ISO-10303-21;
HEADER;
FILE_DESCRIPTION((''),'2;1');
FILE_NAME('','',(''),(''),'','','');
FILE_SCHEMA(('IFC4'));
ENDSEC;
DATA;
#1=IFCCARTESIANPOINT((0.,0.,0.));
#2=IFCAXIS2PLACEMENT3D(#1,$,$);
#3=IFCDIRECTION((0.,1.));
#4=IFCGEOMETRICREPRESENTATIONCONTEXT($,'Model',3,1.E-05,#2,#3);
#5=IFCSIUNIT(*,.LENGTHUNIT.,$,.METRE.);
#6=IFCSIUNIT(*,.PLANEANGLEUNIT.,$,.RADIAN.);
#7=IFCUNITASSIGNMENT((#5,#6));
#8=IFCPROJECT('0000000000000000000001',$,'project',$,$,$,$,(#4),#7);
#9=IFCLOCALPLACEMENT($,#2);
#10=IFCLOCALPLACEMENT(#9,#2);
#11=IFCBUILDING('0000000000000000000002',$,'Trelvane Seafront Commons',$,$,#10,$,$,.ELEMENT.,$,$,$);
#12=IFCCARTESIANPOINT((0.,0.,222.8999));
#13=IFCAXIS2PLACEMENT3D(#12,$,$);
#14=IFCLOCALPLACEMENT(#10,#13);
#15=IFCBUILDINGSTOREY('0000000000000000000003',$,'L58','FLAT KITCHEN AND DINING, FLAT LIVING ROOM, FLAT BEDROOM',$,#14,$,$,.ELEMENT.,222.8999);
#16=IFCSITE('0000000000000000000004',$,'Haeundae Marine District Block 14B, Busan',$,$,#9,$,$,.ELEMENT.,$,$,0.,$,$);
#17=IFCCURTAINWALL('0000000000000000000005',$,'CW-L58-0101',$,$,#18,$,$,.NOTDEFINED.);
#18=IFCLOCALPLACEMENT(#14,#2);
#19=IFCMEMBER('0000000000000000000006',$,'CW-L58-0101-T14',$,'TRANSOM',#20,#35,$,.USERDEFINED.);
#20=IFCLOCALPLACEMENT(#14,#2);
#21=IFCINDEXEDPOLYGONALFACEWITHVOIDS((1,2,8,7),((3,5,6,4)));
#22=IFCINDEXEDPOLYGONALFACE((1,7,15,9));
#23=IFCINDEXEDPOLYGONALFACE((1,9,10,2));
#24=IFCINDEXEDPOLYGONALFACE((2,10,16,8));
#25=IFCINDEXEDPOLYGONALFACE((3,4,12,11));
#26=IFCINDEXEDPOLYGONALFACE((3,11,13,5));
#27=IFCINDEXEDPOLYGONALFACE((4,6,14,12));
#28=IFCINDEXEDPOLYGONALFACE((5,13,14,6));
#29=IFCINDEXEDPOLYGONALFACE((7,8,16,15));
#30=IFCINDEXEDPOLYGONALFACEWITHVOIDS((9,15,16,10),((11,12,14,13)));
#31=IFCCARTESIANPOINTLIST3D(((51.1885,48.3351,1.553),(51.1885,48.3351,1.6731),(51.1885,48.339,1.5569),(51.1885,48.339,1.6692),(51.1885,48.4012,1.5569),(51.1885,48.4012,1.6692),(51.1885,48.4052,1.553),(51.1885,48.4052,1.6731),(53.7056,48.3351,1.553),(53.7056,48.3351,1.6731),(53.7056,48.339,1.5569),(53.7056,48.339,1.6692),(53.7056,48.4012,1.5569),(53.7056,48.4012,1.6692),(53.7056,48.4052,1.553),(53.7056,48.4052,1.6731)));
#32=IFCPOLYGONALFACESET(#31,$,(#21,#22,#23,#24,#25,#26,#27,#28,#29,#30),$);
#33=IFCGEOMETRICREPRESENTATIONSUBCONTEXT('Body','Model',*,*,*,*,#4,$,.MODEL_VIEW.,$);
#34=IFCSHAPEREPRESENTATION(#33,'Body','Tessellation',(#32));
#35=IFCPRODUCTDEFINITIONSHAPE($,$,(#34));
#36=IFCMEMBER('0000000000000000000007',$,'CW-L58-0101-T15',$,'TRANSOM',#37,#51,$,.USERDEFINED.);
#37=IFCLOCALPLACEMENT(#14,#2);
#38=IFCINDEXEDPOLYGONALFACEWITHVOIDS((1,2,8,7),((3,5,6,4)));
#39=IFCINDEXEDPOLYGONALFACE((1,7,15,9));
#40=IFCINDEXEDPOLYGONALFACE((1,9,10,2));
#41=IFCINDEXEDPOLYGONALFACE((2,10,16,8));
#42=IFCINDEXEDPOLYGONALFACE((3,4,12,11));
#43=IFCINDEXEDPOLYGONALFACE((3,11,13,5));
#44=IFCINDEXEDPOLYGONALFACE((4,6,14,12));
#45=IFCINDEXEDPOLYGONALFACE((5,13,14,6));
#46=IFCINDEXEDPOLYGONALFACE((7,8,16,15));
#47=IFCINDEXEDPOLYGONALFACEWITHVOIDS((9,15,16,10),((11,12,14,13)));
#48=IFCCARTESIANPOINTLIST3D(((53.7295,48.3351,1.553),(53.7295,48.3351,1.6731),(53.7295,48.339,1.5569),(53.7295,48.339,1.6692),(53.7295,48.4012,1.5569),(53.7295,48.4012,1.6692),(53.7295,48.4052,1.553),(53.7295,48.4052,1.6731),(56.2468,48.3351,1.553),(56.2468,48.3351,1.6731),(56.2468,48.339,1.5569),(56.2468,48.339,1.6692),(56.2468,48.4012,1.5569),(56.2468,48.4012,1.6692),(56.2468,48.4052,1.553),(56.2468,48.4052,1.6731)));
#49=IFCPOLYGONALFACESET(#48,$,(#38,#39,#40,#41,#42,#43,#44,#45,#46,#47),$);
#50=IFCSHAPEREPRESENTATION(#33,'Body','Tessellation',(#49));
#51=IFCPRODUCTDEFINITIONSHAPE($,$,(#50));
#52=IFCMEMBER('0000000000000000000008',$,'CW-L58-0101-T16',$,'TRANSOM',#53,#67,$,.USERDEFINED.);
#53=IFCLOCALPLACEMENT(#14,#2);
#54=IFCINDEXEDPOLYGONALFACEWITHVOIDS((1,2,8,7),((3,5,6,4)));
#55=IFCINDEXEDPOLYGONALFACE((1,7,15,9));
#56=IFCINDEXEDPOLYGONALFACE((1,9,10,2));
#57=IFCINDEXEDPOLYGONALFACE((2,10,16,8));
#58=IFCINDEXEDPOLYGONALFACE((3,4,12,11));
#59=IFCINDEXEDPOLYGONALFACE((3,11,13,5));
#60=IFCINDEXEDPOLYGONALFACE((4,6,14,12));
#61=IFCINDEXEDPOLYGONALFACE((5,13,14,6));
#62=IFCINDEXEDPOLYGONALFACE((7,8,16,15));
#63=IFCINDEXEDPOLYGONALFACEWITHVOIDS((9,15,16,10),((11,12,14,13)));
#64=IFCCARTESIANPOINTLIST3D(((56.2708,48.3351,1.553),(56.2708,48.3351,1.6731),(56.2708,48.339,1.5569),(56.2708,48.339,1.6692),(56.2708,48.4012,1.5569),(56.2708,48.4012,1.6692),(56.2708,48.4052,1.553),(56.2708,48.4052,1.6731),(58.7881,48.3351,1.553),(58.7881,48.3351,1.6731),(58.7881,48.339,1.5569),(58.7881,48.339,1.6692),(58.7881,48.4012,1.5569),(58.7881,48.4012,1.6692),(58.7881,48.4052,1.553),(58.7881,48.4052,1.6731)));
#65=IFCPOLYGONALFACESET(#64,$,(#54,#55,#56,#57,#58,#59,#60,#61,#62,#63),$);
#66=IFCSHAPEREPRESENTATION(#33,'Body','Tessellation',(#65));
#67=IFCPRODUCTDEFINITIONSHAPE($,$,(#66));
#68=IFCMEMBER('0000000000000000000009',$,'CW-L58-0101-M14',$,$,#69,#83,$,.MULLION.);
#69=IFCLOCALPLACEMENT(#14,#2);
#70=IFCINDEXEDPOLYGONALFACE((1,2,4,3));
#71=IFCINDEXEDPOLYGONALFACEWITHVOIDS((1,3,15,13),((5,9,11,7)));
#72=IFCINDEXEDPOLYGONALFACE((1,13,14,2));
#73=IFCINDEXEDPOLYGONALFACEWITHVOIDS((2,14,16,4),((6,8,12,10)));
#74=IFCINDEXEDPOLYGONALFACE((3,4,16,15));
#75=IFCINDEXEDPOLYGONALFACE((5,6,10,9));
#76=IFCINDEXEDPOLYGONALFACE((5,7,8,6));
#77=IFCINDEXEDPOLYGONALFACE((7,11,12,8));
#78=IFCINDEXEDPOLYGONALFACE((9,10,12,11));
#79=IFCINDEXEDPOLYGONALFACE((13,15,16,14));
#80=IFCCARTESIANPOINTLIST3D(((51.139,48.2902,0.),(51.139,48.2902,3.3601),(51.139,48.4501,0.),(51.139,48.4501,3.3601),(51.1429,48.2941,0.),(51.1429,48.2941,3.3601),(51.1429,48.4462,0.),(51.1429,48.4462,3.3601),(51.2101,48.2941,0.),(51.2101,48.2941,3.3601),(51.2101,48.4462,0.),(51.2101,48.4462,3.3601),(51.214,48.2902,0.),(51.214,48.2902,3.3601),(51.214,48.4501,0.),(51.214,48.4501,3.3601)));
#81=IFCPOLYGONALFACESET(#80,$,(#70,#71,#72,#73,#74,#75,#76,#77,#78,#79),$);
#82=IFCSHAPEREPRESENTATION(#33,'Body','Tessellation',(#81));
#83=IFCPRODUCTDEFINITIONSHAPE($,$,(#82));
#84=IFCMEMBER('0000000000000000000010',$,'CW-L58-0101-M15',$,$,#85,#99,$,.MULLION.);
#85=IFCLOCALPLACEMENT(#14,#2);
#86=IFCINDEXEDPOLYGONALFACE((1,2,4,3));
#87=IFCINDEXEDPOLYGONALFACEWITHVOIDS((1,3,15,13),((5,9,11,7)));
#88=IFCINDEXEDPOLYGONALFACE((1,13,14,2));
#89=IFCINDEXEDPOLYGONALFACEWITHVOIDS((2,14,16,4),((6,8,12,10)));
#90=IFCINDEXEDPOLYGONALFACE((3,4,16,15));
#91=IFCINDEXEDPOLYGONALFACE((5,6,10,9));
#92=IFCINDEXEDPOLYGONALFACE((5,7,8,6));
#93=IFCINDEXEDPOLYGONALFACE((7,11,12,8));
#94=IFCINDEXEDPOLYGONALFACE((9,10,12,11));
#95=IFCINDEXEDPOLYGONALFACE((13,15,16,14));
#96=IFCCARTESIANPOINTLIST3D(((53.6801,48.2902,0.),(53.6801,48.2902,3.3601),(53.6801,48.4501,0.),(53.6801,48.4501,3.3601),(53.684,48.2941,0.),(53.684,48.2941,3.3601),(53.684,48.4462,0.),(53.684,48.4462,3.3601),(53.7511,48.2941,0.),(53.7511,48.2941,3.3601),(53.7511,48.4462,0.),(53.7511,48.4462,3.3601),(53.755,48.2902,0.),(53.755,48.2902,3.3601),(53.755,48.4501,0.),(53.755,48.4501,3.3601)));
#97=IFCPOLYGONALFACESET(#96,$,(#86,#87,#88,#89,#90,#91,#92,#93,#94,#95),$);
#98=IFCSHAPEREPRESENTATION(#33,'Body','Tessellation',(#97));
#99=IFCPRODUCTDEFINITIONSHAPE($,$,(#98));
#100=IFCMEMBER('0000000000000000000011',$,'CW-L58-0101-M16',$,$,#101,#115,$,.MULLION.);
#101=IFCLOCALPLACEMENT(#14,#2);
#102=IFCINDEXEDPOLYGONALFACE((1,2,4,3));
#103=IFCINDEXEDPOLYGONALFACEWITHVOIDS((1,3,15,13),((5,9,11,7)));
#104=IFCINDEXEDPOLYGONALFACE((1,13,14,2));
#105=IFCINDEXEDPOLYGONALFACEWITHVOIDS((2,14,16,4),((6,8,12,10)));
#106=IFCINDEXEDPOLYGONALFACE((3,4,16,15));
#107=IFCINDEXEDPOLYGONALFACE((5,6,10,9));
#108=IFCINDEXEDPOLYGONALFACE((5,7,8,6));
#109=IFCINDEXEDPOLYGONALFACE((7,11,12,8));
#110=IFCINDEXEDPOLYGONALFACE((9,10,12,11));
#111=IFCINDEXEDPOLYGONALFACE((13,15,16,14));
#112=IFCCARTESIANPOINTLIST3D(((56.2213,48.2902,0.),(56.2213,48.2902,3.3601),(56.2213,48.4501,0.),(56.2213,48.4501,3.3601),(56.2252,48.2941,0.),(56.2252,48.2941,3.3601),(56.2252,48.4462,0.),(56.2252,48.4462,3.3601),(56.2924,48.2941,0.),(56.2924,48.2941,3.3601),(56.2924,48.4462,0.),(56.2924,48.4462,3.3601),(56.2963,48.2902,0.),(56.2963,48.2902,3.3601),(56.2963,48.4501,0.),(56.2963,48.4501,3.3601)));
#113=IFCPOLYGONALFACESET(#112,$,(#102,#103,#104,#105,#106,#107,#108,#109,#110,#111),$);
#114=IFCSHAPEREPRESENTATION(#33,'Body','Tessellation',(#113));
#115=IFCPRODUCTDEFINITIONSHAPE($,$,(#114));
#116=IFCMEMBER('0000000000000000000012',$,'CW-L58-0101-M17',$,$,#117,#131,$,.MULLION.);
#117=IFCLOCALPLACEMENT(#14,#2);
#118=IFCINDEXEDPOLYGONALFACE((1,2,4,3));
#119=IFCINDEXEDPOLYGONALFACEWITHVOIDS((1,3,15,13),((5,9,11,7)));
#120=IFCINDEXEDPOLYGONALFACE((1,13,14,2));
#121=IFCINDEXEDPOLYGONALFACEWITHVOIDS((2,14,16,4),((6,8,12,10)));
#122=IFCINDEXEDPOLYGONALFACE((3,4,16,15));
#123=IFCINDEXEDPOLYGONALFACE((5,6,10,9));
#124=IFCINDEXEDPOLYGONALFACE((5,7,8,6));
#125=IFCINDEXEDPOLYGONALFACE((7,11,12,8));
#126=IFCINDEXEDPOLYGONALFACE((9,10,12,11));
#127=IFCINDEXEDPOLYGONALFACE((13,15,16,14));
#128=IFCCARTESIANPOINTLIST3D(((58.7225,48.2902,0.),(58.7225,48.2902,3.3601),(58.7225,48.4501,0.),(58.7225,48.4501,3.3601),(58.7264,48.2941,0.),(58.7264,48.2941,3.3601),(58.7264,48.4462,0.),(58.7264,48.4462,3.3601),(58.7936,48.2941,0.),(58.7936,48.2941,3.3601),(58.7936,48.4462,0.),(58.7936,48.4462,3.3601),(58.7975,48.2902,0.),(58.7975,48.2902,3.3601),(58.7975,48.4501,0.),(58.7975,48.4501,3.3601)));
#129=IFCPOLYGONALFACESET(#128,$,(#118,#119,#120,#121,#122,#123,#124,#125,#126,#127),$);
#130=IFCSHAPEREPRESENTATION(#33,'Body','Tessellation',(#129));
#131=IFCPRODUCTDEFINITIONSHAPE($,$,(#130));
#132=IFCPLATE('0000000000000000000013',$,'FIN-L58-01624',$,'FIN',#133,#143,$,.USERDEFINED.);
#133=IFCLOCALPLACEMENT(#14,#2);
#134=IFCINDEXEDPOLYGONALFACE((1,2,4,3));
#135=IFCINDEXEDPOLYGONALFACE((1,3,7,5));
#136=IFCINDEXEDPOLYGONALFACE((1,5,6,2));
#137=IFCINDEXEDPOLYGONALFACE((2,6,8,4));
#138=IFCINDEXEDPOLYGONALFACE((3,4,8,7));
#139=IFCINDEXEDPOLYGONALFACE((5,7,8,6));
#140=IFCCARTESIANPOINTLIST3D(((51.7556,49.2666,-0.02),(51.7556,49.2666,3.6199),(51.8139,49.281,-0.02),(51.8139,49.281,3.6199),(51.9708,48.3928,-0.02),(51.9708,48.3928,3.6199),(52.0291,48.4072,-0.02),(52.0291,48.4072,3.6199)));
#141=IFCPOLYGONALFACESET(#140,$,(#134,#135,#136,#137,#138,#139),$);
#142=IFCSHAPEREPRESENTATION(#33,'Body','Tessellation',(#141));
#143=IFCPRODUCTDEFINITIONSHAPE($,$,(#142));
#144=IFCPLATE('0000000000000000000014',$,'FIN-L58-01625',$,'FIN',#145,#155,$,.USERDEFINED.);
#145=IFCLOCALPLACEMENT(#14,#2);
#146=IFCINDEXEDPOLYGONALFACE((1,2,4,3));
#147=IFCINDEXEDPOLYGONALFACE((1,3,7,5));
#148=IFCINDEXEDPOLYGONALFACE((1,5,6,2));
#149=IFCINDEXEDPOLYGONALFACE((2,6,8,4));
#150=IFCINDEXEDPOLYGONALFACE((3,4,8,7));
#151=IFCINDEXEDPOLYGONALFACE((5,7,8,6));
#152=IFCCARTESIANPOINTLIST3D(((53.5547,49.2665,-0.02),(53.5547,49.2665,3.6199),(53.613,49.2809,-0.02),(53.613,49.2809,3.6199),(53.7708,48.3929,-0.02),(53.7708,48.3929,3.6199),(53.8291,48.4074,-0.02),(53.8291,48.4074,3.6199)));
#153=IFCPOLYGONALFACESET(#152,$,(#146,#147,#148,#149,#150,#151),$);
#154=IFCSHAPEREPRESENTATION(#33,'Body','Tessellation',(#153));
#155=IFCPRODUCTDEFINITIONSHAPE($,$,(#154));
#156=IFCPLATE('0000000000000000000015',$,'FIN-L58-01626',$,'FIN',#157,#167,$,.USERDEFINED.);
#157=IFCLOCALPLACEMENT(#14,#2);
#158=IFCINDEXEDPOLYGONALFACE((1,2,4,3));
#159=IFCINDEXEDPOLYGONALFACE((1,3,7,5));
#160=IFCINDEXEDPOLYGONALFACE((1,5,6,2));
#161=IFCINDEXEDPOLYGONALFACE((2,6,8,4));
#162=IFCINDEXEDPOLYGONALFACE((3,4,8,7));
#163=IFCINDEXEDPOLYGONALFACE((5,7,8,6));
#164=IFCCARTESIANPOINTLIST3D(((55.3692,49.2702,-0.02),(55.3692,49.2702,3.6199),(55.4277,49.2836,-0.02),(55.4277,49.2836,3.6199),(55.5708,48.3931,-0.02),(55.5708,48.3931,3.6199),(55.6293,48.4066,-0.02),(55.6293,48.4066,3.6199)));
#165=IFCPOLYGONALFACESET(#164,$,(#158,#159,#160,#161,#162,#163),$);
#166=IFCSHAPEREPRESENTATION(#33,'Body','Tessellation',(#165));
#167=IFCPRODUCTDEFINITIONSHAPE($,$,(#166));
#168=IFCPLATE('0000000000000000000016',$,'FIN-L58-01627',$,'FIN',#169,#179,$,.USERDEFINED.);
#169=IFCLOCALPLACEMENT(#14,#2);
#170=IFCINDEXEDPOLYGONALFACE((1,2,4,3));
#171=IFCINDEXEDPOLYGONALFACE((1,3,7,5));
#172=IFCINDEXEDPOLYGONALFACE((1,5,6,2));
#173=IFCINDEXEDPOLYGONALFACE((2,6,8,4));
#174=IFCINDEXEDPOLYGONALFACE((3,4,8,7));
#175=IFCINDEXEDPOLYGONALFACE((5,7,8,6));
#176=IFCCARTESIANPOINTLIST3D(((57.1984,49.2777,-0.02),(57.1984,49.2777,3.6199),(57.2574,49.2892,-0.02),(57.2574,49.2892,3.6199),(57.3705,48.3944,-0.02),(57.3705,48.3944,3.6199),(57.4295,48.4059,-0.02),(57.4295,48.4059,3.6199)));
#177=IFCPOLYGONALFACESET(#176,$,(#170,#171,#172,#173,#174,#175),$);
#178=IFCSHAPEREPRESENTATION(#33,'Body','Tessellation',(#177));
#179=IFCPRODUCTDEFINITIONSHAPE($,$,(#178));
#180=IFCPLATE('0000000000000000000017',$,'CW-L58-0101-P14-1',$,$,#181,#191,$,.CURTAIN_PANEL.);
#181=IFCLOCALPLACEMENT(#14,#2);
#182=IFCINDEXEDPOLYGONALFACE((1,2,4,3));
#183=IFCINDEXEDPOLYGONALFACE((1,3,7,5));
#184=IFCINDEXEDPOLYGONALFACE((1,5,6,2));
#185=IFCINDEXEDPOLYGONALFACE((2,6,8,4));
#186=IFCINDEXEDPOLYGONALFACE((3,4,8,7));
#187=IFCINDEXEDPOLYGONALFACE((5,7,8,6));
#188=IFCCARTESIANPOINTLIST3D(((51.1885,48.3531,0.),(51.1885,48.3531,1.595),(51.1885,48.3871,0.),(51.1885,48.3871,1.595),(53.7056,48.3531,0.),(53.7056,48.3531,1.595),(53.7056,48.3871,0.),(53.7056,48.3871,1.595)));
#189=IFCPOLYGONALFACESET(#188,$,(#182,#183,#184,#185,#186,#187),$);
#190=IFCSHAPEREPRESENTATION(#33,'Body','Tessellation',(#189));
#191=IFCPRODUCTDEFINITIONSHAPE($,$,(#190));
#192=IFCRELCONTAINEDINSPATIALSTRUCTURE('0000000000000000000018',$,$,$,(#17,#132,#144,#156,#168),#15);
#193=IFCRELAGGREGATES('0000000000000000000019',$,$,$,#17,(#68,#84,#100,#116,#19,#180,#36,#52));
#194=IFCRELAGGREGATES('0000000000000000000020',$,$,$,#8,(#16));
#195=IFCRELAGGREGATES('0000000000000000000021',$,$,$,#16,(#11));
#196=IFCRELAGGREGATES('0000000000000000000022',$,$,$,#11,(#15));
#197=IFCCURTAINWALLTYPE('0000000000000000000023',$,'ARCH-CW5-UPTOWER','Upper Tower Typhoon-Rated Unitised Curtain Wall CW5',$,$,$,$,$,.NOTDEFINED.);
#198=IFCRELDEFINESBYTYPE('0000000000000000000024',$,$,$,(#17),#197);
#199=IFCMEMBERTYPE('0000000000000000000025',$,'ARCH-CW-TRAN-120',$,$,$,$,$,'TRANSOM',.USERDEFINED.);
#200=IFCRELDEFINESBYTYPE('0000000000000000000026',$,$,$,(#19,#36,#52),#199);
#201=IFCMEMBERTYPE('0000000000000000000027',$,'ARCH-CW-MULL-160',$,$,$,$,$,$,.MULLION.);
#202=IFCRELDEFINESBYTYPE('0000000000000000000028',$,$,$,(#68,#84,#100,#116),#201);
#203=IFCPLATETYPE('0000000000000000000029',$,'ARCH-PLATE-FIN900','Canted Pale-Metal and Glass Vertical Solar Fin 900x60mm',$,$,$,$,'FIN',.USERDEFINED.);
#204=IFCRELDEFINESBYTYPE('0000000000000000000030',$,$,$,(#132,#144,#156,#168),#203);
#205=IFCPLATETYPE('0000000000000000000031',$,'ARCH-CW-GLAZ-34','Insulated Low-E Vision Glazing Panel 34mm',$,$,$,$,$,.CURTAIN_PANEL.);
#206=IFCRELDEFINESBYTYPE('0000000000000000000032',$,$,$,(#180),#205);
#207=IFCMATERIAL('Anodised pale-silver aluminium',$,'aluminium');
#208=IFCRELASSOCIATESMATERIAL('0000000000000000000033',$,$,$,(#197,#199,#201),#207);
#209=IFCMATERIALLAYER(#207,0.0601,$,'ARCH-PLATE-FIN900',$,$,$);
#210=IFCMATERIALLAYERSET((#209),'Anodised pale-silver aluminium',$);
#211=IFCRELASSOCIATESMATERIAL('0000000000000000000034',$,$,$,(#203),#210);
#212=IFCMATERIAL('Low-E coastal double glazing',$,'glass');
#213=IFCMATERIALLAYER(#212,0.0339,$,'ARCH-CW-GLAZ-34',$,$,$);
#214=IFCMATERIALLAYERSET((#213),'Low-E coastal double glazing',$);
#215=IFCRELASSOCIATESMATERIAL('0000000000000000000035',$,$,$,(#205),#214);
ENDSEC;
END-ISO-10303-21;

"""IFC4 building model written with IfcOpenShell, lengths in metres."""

from ifc_helpers import new_model, si_unit, direction, frame, origin, origin_2d, place, context, subcontext, project, spatial, rectangle, hollow_rectangle, extrude, source, transform, mapped, material, layer, layer_set, material_profile, profile_set, type_object, element, aggregate, save


model = new_model("IFC4")

# Units and contexts
model_context = context("Model", 3, precision=1e-05, world=origin(), true_north=direction((0.0, 1.0)))
body_context = subcontext(model_context, "Body", "Model", "MODEL_VIEW")
ifc_project = project(units=[si_unit("LENGTHUNIT", "METRE"), si_unit("PLANEANGLEUNIT", "RADIAN")], contexts=[model_context])

# Site, building, storey
site_placement = place(None, origin())
site = spatial("IfcSite", under=ifc_project, at=site_placement, Name="Haeundae Marine District Block 14B, Busan", CompositionType="ELEMENT", RefElevation=0.0)
building_placement = place(site_placement, origin())
building = spatial("IfcBuilding", under=site, at=building_placement, Name="Trelvane Seafront Commons", CompositionType="ELEMENT")
storey_placement = place(building_placement, frame((0.0, 0.0, 222.8999)))
storey = spatial("IfcBuildingStorey", under=building, at=storey_placement, Name="L58", Description="FLAT KITCHEN AND DINING, FLAT LIVING ROOM, FLAT BEDROOM", CompositionType="ELEMENT", Elevation=222.8999)

# Curtain wall, members
ifc_material_1 = material(Name="Anodised pale-silver aluminium", Category="aluminium")
curtain_wall_type = type_object("IfcCurtainWallType", Name="ARCH-CW5-UPTOWER", Description="Upper Tower Typhoon-Rated Unitised Curtain Wall CW5", PredefinedType="NOTDEFINED", material=ifc_material_1)
curtain_wall_placement = place(storey_placement, origin())
curtain_wall = element("IfcCurtainWall", 1, at=curtain_wall_placement, inside=storey, type_object=curtain_wall_type, Name="CW-L58-0101", PredefinedType="NOTDEFINED")
ifc_material_profile_1 = material_profile(ifc_material_1, hollow_rectangle(XDim=0.0701, YDim=0.1201, WallThickness=0.0039, at=origin_2d()), Name="TRAN-70x120x4")
ifc_profile_set_1 = profile_set([ifc_material_profile_1], Name="Anodised pale-silver aluminium")
member_type_1 = type_object("IfcMemberType", Name="ARCH-CW-TRAN-120", ElementType="TRANSOM", PredefinedType="USERDEFINED", material=ifc_profile_set_1)
shared_shape_1 = source(origin(), body_context, "Body", "SweptSolid", [
    extrude(hollow_rectangle(XDim=0.0701, YDim=0.1201, WallThickness=0.0039, at=origin_2d()), origin(), (0.0, 0.0, 1.0), 2.5171),
])
member_1_placement = place(storey_placement, frame((51.1885, 48.3701, 1.613), z_axis=(1.0, 0.0, 0.0), x_axis=(0.0, 1.0, 0.0)))
member_1 = element("IfcMember", 2, at=member_1_placement, type_object=member_type_1, Name="CW-L58-0101-T14", ObjectType="TRANSOM", PredefinedType="USERDEFINED", context=body_context, shape_type="MappedRepresentation", body=[
    mapped(shared_shape_1, transform((0.0, 0.0, 0.0), x_axis=(1.0, 0.0, 0.0), y_axis=(0.0, 1.0, 0.0), z_axis=(0.0, 0.0, 1.0), scale=1.0)),
])
shared_shape_2 = source(origin(), body_context, "Body", "SweptSolid", [
    extrude(hollow_rectangle(XDim=0.0701, YDim=0.1201, WallThickness=0.0039, at=origin_2d()), origin(), (0.0, 0.0, 1.0), 2.5173),
])
member_2_placement = place(storey_placement, frame((53.7295, 48.3701, 1.613), z_axis=(1.0, 0.0, 0.0), x_axis=(0.0, 1.0, 0.0)))
member_2 = element("IfcMember", 3, at=member_2_placement, type_object=member_type_1, Name="CW-L58-0101-T15", ObjectType="TRANSOM", PredefinedType="USERDEFINED", context=body_context, shape_type="MappedRepresentation", body=[
    mapped(shared_shape_2, transform((0.0, 0.0, 0.0), x_axis=(1.0, 0.0, 0.0), y_axis=(0.0, 1.0, 0.0), z_axis=(0.0, 0.0, 1.0), scale=1.0)),
])
member_3_placement = place(storey_placement, frame((56.2708, 48.3701, 1.613), z_axis=(1.0, 0.0, 0.0), x_axis=(0.0, 1.0, 0.0)))
member_3 = element("IfcMember", 4, at=member_3_placement, type_object=member_type_1, Name="CW-L58-0101-T16", ObjectType="TRANSOM", PredefinedType="USERDEFINED", context=body_context, shape_type="MappedRepresentation", body=[
    mapped(shared_shape_2, transform((0.0, 0.0, 0.0), x_axis=(1.0, 0.0, 0.0), y_axis=(0.0, 1.0, 0.0), z_axis=(0.0, 0.0, 1.0), scale=1.0)),
])
ifc_material_profile_2 = material_profile(ifc_material_1, hollow_rectangle(XDim=0.075, YDim=0.1599, WallThickness=0.0039, at=origin_2d()), Name="MULL-75x160x4")
ifc_profile_set_2 = profile_set([ifc_material_profile_2], Name="Anodised pale-silver aluminium")
member_type_2 = type_object("IfcMemberType", Name="ARCH-CW-MULL-160", PredefinedType="MULLION", material=ifc_profile_set_2)
shared_shape_3 = source(origin(), body_context, "Body", "SweptSolid", [
    extrude(hollow_rectangle(XDim=0.075, YDim=0.1599, WallThickness=0.0039, at=origin_2d()), origin(), (0.0, 0.0, 1.0), 3.3601),
])
member_4_placement = place(storey_placement, frame((51.1765, 48.3701, 0.0), z_axis=(0.0, 0.0, 1.0), x_axis=(1.0, 0.0, 0.0)))
member_4 = element("IfcMember", 5, at=member_4_placement, type_object=member_type_2, Name="CW-L58-0101-M14", PredefinedType="MULLION", context=body_context, shape_type="MappedRepresentation", body=[
    mapped(shared_shape_3, transform((0.0, 0.0, 0.0), x_axis=(1.0, 0.0, 0.0), y_axis=(0.0, 1.0, 0.0), z_axis=(0.0, 0.0, 1.0), scale=1.0)),
])
member_5_placement = place(storey_placement, frame((53.7175, 48.3701, 0.0), z_axis=(0.0, 0.0, 1.0), x_axis=(1.0, 0.0, 0.0)))
member_5 = element("IfcMember", 6, at=member_5_placement, type_object=member_type_2, Name="CW-L58-0101-M15", PredefinedType="MULLION", context=body_context, shape_type="MappedRepresentation", body=[
    mapped(shared_shape_3, transform((0.0, 0.0, 0.0), x_axis=(1.0, 0.0, 0.0), y_axis=(0.0, 1.0, 0.0), z_axis=(0.0, 0.0, 1.0), scale=1.0)),
])
member_6_placement = place(storey_placement, frame((56.2588, 48.3701, 0.0), z_axis=(0.0, 0.0, 1.0), x_axis=(1.0, 0.0, 0.0)))
member_6 = element("IfcMember", 7, at=member_6_placement, type_object=member_type_2, Name="CW-L58-0101-M16", PredefinedType="MULLION", context=body_context, shape_type="MappedRepresentation", body=[
    mapped(shared_shape_3, transform((0.0, 0.0, 0.0), x_axis=(1.0, 0.0, 0.0), y_axis=(0.0, 1.0, 0.0), z_axis=(0.0, 0.0, 1.0), scale=1.0)),
])
member_7_placement = place(storey_placement, frame((58.76, 48.3701, 0.0), z_axis=(0.0, 0.0, 1.0), x_axis=(1.0, 0.0, 0.0)))
member_7 = element("IfcMember", 8, at=member_7_placement, type_object=member_type_2, Name="CW-L58-0101-M17", PredefinedType="MULLION", context=body_context, shape_type="MappedRepresentation", body=[
    mapped(shared_shape_3, transform((0.0, 0.0, 0.0), x_axis=(1.0, 0.0, 0.0), y_axis=(0.0, 1.0, 0.0), z_axis=(0.0, 0.0, 1.0), scale=1.0)),
])

# Plates
ifc_layer_1 = layer(ifc_material_1, 0.0601, Name="ARCH-PLATE-FIN900")
ifc_layer_set_1 = layer_set([ifc_layer_1], Name="Anodised pale-silver aluminium")
plate_type_1 = type_object("IfcPlateType", Name="ARCH-PLATE-FIN900", Description="Canted Pale-Metal and Glass Vertical Solar Fin 900x60mm", ElementType="FIN", PredefinedType="USERDEFINED", material=ifc_layer_set_1)
shared_shape_4 = source(origin(), body_context, "Body", "SweptSolid", [
    extrude(rectangle(XDim=0.8999, YDim=0.0601, at=origin_2d()), origin(), (0.0, 0.0, 1.0), 3.6399),
])
for number, where, z_axis, x_axis, name in (
    (9, (51.8923, 48.8369, -0.02), (0.0, 0.0, 1.0), (-0.23911, 0.970993, 0.0), "FIN-L58-01624"),
    (10, (53.6919, 48.8369, -0.02), (0.0, 0.0, 1.0), (-0.240235, 0.970715, 0.0), "FIN-L58-01625"),
    (11, (55.4993, 48.8384, -0.02), (0.0, 0.0, 1.0), (-0.224007, 0.974588, 0.0), "FIN-L58-01626"),
    (12, (57.314, 48.8418, -0.02), (0.0, 0.0, 1.0), (-0.19122, 0.981547, 0.0), "FIN-L58-01627"),
):
    element("IfcPlate", number, at=place(storey_placement, frame(where, z_axis=z_axis, x_axis=x_axis)), inside=storey, type_object=plate_type_1, Name=name, ObjectType="FIN", PredefinedType="USERDEFINED", context=body_context, shape_type="MappedRepresentation", body=[
        mapped(shared_shape_4, transform((0.0, 0.0, 0.0), x_axis=(1.0, 0.0, 0.0), y_axis=(0.0, 1.0, 0.0), z_axis=(0.0, 0.0, 1.0), scale=1.0)),
    ])

# Plate
ifc_material_2 = material(Name="Low-E coastal double glazing", Category="glass")
ifc_layer_2 = layer(ifc_material_2, 0.0339, Name="ARCH-CW-GLAZ-34")
ifc_layer_set_2 = layer_set([ifc_layer_2], Name="Low-E coastal double glazing")
plate_type_2 = type_object("IfcPlateType", Name="ARCH-CW-GLAZ-34", Description="Insulated Low-E Vision Glazing Panel 34mm", PredefinedType="CURTAIN_PANEL", material=ifc_layer_set_2)
shared_shape_5 = source(origin(), body_context, "Body", "SweptSolid", [
    extrude(rectangle(XDim=2.5171, YDim=0.0339, at=origin_2d()), origin(), (0.0, 0.0, 1.0), 1.595),
])
plate_1_placement = place(storey_placement, frame((52.447, 48.3701, 0.0), z_axis=(0.0, 0.0, 1.0), x_axis=(1.0, 0.0, 0.0)))
plate_1 = element("IfcPlate", 13, at=plate_1_placement, type_object=plate_type_2, Name="CW-L58-0101-P14-1", PredefinedType="CURTAIN_PANEL", context=body_context, shape_type="MappedRepresentation", body=[
    mapped(shared_shape_5, transform((0.0, 0.0, 0.0), x_axis=(1.0, 0.0, 0.0), y_axis=(0.0, 1.0, 0.0), z_axis=(0.0, 0.0, 1.0), scale=1.0)),
])
aggregate(curtain_wall, [member_4, member_5, member_6, member_7, member_1, plate_1, member_2, member_3])

save(model, "model.ifc")
